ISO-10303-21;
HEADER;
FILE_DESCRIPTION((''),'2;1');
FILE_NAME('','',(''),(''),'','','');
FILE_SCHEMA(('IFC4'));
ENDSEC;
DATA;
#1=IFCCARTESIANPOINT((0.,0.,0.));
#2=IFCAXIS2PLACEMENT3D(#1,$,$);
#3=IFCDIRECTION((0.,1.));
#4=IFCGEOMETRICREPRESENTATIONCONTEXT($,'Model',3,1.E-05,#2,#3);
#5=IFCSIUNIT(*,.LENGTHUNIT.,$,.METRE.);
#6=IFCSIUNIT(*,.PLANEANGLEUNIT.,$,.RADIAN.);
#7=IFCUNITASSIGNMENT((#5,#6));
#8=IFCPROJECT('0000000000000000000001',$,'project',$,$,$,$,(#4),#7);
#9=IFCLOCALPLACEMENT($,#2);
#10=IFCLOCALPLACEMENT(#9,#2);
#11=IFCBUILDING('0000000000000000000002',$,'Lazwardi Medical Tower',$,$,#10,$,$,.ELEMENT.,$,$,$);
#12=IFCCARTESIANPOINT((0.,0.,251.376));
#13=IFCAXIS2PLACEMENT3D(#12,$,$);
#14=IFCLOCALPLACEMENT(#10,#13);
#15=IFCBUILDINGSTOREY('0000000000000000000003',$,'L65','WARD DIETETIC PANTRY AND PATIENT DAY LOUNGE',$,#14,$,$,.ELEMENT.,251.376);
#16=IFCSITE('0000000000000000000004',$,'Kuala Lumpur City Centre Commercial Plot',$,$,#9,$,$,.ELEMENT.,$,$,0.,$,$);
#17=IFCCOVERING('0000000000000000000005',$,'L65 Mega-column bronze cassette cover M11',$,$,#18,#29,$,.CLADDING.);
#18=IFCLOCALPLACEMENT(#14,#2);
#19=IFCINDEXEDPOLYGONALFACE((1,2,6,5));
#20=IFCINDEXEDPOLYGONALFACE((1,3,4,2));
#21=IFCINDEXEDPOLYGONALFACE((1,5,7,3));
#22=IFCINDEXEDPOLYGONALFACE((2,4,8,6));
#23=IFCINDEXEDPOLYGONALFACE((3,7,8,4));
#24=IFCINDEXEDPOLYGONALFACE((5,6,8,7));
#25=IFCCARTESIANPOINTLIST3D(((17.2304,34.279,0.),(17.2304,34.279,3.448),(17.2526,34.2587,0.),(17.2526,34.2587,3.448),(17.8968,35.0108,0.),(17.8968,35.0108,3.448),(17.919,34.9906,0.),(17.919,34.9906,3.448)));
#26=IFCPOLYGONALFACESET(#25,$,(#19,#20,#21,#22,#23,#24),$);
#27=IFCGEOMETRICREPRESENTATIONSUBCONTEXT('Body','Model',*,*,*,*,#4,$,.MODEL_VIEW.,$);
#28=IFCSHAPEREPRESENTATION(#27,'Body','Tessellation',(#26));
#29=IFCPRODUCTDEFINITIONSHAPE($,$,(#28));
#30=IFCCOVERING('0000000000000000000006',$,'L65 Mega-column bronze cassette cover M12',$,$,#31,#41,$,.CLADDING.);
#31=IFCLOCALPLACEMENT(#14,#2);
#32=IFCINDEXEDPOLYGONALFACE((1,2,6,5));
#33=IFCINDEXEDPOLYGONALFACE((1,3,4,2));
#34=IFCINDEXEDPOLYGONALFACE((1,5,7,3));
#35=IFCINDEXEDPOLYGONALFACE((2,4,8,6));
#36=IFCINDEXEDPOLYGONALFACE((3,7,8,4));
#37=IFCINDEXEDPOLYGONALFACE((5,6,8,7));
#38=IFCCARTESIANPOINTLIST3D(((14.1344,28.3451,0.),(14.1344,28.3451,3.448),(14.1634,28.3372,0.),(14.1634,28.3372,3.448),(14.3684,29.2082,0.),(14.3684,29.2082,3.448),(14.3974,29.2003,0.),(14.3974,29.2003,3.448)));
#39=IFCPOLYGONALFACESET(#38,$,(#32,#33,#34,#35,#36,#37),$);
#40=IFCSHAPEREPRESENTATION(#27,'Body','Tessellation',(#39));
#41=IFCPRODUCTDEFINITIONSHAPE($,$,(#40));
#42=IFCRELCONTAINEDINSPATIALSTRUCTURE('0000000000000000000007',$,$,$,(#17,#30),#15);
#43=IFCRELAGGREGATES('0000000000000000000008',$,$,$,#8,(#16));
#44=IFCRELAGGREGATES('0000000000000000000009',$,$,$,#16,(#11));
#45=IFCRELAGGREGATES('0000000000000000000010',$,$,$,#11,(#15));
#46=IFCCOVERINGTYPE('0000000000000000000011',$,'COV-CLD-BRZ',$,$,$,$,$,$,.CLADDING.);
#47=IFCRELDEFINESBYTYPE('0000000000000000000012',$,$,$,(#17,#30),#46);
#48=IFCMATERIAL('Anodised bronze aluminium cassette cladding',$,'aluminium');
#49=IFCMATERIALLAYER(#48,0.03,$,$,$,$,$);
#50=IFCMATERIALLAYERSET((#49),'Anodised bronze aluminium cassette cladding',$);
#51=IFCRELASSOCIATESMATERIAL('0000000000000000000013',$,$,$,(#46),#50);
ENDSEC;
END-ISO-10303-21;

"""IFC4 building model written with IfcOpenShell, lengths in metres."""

from ifc_helpers import new_model, si_unit, direction, frame, origin, origin_2d, place, context, subcontext, project, spatial, rectangle, extrude, material, layer, layer_set, type_object, element, save


model = new_model("IFC4")

# Units and contexts
model_context = context("Model", 3, precision=1e-05, world=origin(), true_north=direction((0.0, 1.0)))
body_context = subcontext(model_context, "Body", "Model", "MODEL_VIEW")
ifc_project = project(units=[si_unit("LENGTHUNIT", "METRE"), si_unit("PLANEANGLEUNIT", "RADIAN")], contexts=[model_context])

# Site, building, storey
site_placement = place(None, origin())
site = spatial("IfcSite", under=ifc_project, at=site_placement, Name="Kuala Lumpur City Centre Commercial Plot", CompositionType="ELEMENT", RefElevation=0.0)
building_placement = place(site_placement, origin())
building = spatial("IfcBuilding", under=site, at=building_placement, Name="Lazwardi Medical Tower", CompositionType="ELEMENT")
storey_placement = place(building_placement, frame((0.0, 0.0, 251.376)))
storey = spatial("IfcBuildingStorey", under=building, at=storey_placement, Name="L65", Description="WARD DIETETIC PANTRY AND PATIENT DAY LOUNGE", CompositionType="ELEMENT", Elevation=251.376)

# Coverings
ifc_material_1 = material(Name="Anodised bronze aluminium cassette cladding", Category="aluminium")
ifc_layer_1 = layer(ifc_material_1, 0.03)
ifc_layer_set_1 = layer_set([ifc_layer_1], Name="Anodised bronze aluminium cassette cladding")
covering_type = type_object("IfcCoveringType", Name="COV-CLD-BRZ", PredefinedType="CLADDING", material=ifc_layer_set_1)
covering_1_placement = place(storey_placement, frame((17.5747, 34.6348, 0.0), z_axis=(0.0, 0.0, 1.0), x_axis=(-0.673241, -0.739423, 0.0)))
element("IfcCovering", 1, at=covering_1_placement, inside=storey, type_object=covering_type, Name="L65 Mega-column bronze cassette cover M11", PredefinedType="CLADDING", context=body_context, shape_type="SweptSolid", body=[
    extrude(rectangle(XDim=0.9897, YDim=0.03, at=origin_2d()), origin(), (0.0, 0.0, 1.0), 3.448),
])
covering_2_placement = place(storey_placement, frame((14.2659, 28.7727, 0.0), z_axis=(0.0, 0.0, 1.0), x_axis=(-0.261642, -0.965165, 0.0)))
element("IfcCovering", 2, at=covering_2_placement, inside=storey, type_object=covering_type, Name="L65 Mega-column bronze cassette cover M12", PredefinedType="CLADDING", context=body_context, shape_type="SweptSolid", body=[
    extrude(rectangle(XDim=0.8943, YDim=0.03, at=origin_2d()), origin(), (0.0, 0.0, 1.0), 3.448),
])

save(model, "model.ifc")
